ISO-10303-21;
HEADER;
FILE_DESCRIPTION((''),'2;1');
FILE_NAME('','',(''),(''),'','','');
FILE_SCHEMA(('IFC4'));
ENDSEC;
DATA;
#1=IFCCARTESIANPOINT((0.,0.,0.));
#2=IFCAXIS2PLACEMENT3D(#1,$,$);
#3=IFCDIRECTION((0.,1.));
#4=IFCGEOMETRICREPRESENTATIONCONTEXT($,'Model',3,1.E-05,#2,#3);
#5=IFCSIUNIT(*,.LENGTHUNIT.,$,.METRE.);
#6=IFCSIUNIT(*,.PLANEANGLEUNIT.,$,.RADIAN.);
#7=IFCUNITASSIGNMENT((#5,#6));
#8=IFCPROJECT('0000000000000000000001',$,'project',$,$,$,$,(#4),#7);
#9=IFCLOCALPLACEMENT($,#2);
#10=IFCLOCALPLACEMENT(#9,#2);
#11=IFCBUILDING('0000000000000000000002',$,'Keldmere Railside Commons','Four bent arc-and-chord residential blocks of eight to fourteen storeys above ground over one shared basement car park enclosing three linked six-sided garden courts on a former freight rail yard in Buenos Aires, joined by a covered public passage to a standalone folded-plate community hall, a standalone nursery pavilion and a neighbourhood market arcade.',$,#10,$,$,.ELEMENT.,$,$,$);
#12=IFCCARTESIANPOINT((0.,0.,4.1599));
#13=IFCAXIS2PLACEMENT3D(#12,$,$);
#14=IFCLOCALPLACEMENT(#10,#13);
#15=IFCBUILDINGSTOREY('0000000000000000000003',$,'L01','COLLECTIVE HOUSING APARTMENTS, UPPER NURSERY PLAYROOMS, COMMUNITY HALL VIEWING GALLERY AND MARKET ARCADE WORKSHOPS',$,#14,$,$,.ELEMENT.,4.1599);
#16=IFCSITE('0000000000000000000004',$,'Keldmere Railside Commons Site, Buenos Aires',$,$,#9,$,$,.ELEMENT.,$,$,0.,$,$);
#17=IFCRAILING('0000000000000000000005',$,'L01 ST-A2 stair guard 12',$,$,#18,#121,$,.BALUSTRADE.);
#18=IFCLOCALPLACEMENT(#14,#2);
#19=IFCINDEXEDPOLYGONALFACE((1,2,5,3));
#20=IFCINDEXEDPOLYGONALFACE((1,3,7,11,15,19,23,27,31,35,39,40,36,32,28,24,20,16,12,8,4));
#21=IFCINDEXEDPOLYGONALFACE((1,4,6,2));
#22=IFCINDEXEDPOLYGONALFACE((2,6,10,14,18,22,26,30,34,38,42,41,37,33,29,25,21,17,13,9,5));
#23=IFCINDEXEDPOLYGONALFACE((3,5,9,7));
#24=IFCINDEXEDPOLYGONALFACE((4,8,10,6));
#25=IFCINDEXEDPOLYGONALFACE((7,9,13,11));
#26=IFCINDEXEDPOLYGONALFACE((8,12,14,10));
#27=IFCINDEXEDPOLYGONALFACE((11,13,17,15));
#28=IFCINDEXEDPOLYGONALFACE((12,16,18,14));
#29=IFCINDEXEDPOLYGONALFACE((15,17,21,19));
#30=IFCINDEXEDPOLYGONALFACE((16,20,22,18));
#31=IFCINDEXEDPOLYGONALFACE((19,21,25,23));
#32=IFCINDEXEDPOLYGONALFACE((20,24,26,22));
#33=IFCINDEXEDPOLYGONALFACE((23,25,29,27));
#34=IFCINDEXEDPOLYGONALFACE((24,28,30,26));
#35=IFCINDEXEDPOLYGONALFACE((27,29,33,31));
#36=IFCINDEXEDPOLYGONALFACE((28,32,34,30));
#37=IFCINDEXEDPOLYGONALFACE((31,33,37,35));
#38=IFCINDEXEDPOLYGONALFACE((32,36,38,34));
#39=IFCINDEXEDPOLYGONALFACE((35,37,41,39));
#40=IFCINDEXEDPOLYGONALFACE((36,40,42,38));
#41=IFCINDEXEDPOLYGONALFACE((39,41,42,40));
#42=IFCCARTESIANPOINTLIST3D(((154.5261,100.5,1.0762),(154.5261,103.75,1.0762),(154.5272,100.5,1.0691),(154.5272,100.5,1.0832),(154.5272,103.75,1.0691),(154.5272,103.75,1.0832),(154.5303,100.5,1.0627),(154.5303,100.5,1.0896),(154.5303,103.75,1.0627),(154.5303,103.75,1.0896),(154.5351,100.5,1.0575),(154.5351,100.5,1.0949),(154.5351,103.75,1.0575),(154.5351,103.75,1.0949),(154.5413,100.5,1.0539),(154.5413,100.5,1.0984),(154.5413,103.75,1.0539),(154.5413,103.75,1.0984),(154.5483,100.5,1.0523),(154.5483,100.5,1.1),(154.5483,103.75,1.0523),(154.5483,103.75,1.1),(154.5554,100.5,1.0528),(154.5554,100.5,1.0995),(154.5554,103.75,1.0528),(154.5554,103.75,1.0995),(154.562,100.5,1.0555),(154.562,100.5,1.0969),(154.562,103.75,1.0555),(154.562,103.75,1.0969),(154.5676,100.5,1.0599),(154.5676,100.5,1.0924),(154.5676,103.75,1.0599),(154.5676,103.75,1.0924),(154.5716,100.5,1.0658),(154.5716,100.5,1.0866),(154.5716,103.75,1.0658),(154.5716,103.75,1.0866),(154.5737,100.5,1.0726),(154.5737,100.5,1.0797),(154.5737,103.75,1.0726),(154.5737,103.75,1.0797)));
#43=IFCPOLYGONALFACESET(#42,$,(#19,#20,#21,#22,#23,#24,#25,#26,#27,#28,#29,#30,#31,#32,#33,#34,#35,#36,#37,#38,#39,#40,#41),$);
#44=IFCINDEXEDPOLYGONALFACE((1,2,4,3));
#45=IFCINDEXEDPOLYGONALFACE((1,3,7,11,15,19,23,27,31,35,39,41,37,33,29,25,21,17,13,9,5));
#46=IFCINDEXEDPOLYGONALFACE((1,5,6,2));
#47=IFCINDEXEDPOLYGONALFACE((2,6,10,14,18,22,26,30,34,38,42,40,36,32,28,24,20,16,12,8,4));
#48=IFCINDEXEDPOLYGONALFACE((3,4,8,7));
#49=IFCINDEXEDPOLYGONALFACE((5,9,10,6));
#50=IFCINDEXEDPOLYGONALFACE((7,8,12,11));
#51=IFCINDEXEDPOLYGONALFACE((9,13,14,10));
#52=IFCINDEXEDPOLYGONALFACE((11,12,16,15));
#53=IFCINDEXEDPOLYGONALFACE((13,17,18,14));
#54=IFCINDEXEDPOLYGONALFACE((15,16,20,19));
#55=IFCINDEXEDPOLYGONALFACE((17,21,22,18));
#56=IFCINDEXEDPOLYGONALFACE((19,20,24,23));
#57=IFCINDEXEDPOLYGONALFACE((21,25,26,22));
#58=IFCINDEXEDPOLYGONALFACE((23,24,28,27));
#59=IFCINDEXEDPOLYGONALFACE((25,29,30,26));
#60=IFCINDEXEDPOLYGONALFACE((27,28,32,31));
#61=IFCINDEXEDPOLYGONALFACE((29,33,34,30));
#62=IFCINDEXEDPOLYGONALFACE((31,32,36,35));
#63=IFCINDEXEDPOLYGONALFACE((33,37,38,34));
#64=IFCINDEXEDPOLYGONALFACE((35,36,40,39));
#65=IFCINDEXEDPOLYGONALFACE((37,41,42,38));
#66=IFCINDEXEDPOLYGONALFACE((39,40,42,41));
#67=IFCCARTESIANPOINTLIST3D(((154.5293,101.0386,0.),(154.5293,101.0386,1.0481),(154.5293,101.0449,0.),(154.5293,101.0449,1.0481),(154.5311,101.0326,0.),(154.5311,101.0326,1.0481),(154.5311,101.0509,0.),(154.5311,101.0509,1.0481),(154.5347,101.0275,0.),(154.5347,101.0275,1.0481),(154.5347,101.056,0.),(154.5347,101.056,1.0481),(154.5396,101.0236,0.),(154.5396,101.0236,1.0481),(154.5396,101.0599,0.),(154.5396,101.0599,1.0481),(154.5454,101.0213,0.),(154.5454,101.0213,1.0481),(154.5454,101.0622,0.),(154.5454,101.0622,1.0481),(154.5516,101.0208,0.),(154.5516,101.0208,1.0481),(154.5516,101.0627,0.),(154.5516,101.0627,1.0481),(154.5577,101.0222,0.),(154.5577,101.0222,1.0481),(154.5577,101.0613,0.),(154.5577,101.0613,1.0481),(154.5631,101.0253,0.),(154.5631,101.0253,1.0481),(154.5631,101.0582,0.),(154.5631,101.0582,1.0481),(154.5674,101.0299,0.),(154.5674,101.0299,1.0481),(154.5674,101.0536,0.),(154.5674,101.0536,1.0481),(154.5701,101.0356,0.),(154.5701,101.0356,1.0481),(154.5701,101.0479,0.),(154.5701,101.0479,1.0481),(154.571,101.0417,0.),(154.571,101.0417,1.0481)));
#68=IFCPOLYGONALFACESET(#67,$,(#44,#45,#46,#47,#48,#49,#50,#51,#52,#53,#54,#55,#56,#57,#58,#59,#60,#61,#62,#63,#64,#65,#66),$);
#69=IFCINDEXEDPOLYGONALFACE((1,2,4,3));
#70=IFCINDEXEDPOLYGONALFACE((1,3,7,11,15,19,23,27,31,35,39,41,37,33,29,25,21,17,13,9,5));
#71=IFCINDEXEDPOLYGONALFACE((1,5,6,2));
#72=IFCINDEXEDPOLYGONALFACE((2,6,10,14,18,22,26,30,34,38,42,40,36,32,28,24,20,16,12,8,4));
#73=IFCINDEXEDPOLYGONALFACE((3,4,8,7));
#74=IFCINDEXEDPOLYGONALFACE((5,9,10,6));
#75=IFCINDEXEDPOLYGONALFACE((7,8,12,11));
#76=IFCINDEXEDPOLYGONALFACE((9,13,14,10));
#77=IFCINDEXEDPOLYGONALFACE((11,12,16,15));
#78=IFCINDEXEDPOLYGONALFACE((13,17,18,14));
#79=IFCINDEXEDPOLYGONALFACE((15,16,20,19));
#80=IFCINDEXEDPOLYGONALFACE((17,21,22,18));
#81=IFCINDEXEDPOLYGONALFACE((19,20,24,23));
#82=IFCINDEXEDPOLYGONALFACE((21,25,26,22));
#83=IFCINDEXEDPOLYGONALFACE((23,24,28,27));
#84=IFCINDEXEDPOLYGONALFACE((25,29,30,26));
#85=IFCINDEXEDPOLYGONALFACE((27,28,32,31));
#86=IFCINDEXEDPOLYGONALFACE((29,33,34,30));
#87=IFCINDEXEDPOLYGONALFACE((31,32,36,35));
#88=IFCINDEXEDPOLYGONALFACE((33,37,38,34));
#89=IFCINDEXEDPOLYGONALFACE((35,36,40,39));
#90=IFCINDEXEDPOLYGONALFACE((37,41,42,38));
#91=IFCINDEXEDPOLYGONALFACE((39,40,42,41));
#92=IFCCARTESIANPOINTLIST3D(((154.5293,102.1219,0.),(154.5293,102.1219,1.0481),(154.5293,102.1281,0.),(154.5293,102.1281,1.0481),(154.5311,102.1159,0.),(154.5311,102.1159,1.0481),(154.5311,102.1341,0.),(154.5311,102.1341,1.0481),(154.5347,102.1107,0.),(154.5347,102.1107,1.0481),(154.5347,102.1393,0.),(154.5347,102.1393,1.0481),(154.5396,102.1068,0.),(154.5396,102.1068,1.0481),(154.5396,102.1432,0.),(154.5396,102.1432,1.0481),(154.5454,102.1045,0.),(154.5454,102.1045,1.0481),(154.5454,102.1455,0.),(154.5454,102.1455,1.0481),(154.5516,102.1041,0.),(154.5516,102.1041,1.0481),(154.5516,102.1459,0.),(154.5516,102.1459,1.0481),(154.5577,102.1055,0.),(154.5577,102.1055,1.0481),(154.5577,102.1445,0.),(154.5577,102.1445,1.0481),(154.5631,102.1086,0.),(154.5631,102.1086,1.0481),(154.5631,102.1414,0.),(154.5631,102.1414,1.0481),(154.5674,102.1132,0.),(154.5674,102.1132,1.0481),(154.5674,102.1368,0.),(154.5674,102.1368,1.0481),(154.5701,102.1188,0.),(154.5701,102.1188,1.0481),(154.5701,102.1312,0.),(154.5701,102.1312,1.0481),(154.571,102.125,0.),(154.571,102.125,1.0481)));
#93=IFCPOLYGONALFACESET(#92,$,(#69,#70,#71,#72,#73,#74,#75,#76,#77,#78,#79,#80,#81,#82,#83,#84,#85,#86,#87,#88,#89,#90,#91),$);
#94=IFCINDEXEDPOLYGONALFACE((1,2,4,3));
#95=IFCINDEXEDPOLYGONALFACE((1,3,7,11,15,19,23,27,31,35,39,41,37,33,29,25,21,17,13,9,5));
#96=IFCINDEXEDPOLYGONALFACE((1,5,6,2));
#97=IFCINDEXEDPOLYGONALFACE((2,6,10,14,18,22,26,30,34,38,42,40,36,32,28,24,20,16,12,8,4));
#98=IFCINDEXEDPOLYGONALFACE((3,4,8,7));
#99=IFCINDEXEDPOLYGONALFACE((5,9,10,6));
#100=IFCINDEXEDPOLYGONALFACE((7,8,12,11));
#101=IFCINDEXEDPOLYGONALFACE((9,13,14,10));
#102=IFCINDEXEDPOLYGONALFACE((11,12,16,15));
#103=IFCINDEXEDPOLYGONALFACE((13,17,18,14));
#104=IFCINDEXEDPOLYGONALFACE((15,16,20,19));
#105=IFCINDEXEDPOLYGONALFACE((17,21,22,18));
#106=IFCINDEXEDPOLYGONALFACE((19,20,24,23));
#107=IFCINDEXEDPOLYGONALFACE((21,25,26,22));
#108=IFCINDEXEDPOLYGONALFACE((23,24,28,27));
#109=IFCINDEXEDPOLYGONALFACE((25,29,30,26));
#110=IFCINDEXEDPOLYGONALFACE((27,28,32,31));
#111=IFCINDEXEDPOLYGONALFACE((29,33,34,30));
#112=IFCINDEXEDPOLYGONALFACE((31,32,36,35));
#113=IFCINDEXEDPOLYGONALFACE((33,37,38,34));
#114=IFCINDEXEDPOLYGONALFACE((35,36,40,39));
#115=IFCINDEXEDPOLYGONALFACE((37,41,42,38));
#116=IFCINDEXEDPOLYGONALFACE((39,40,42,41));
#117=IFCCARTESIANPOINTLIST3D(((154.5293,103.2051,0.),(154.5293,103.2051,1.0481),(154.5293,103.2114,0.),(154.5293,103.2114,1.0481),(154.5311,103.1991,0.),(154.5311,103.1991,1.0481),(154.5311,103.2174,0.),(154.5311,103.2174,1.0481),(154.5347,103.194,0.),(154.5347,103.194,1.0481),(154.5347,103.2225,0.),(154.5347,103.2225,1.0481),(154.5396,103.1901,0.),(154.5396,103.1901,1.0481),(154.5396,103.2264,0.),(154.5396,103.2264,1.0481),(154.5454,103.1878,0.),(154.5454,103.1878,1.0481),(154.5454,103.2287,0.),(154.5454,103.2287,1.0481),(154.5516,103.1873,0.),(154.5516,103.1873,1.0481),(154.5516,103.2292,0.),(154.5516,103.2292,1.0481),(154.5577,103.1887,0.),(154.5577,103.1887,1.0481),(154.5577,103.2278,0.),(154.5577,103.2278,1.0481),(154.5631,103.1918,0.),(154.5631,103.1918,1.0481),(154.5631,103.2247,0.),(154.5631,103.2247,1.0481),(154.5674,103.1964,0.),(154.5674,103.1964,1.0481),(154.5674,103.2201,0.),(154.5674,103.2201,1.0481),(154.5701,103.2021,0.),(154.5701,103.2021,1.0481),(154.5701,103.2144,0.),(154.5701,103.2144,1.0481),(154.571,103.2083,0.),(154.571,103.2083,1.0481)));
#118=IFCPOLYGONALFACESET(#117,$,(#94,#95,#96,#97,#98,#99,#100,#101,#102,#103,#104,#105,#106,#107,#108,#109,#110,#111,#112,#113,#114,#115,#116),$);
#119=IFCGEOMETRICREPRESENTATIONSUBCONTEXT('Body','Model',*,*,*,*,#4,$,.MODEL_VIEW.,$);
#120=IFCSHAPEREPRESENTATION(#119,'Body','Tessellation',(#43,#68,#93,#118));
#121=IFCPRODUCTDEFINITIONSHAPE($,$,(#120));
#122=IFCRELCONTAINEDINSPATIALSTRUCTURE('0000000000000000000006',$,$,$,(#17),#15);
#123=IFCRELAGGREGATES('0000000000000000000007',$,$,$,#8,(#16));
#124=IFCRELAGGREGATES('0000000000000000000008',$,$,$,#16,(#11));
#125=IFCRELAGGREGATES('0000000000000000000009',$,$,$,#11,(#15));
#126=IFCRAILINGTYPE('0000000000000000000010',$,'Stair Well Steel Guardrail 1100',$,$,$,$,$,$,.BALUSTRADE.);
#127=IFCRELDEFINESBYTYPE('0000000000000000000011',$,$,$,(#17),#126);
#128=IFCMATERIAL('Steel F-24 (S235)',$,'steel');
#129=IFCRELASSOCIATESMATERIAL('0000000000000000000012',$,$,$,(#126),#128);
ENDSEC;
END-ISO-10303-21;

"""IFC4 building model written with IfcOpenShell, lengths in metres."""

from ifc_helpers import new_model, si_unit, direction, frame, origin, origin_2d, place, context, subcontext, project, spatial, circle, extrude, material, type_object, element, save


model = new_model("IFC4")

# Units and contexts
model_context = context("Model", 3, precision=1e-05, world=origin(), true_north=direction((0.0, 1.0)))
body_context = subcontext(model_context, "Body", "Model", "MODEL_VIEW")
ifc_project = project(units=[si_unit("LENGTHUNIT", "METRE"), si_unit("PLANEANGLEUNIT", "RADIAN")], contexts=[model_context])

# Site, building, storey
site_placement = place(None, origin())
site = spatial("IfcSite", under=ifc_project, at=site_placement, Name="Keldmere Railside Commons Site, Buenos Aires", CompositionType="ELEMENT", RefElevation=0.0)
building_placement = place(site_placement, origin())
building = spatial("IfcBuilding", under=site, at=building_placement, Name="Keldmere Railside Commons", Description="Four bent arc-and-chord residential blocks of eight to fourteen storeys above ground over one shared basement car park enclosing three linked six-sided garden courts on a former freight rail yard in Buenos Aires, joined by a covered public passage to a standalone folded-plate community hall, a standalone nursery pavilion and a neighbourhood market arcade.", CompositionType="ELEMENT")
storey_placement = place(building_placement, frame((0.0, 0.0, 4.1599)))
storey = spatial("IfcBuildingStorey", under=building, at=storey_placement, Name="L01", Description="COLLECTIVE HOUSING APARTMENTS, UPPER NURSERY PLAYROOMS, COMMUNITY HALL VIEWING GALLERY AND MARKET ARCADE WORKSHOPS", CompositionType="ELEMENT", Elevation=4.1599)

# Shared definitions
ifc_material_1 = material(Name="Steel F-24 (S235)", Category="steel")

# Railing
railing_type_1 = type_object("IfcRailingType", Name="Stair Well Steel Guardrail 1100", PredefinedType="BALUSTRADE", material=ifc_material_1)
railing_1_placement = place(storey_placement, frame((154.55, 100.5, 0.0)))
element("IfcRailing", 1, at=railing_1_placement, inside=storey, type_object=railing_type_1, Name="L01 ST-A2 stair guard 12", PredefinedType="BALUSTRADE", context=body_context, shape_type="SweptSolid", body=[
    extrude(circle(Radius=0.0239, at=origin_2d()), frame((0.0, 0.0, 1.0762), z_axis=(0.0, 1.0, 0.0), x_axis=(-1.0, 0.0, 0.0)), (0.0, 0.0, 1.0), 3.25),
    extrude(circle(Radius=0.021, at=origin_2d()), frame((0.0, 0.5417, 0.0)), (0.0, 0.0, 1.0), 1.0481),
    extrude(circle(Radius=0.021, at=origin_2d()), frame((0.0, 1.625, 0.0)), (0.0, 0.0, 1.0), 1.0481),
    extrude(circle(Radius=0.021, at=origin_2d()), frame((0.0, 2.7083, 0.0)), (0.0, 0.0, 1.0), 1.0481),
])

save(model, "model.ifc")
